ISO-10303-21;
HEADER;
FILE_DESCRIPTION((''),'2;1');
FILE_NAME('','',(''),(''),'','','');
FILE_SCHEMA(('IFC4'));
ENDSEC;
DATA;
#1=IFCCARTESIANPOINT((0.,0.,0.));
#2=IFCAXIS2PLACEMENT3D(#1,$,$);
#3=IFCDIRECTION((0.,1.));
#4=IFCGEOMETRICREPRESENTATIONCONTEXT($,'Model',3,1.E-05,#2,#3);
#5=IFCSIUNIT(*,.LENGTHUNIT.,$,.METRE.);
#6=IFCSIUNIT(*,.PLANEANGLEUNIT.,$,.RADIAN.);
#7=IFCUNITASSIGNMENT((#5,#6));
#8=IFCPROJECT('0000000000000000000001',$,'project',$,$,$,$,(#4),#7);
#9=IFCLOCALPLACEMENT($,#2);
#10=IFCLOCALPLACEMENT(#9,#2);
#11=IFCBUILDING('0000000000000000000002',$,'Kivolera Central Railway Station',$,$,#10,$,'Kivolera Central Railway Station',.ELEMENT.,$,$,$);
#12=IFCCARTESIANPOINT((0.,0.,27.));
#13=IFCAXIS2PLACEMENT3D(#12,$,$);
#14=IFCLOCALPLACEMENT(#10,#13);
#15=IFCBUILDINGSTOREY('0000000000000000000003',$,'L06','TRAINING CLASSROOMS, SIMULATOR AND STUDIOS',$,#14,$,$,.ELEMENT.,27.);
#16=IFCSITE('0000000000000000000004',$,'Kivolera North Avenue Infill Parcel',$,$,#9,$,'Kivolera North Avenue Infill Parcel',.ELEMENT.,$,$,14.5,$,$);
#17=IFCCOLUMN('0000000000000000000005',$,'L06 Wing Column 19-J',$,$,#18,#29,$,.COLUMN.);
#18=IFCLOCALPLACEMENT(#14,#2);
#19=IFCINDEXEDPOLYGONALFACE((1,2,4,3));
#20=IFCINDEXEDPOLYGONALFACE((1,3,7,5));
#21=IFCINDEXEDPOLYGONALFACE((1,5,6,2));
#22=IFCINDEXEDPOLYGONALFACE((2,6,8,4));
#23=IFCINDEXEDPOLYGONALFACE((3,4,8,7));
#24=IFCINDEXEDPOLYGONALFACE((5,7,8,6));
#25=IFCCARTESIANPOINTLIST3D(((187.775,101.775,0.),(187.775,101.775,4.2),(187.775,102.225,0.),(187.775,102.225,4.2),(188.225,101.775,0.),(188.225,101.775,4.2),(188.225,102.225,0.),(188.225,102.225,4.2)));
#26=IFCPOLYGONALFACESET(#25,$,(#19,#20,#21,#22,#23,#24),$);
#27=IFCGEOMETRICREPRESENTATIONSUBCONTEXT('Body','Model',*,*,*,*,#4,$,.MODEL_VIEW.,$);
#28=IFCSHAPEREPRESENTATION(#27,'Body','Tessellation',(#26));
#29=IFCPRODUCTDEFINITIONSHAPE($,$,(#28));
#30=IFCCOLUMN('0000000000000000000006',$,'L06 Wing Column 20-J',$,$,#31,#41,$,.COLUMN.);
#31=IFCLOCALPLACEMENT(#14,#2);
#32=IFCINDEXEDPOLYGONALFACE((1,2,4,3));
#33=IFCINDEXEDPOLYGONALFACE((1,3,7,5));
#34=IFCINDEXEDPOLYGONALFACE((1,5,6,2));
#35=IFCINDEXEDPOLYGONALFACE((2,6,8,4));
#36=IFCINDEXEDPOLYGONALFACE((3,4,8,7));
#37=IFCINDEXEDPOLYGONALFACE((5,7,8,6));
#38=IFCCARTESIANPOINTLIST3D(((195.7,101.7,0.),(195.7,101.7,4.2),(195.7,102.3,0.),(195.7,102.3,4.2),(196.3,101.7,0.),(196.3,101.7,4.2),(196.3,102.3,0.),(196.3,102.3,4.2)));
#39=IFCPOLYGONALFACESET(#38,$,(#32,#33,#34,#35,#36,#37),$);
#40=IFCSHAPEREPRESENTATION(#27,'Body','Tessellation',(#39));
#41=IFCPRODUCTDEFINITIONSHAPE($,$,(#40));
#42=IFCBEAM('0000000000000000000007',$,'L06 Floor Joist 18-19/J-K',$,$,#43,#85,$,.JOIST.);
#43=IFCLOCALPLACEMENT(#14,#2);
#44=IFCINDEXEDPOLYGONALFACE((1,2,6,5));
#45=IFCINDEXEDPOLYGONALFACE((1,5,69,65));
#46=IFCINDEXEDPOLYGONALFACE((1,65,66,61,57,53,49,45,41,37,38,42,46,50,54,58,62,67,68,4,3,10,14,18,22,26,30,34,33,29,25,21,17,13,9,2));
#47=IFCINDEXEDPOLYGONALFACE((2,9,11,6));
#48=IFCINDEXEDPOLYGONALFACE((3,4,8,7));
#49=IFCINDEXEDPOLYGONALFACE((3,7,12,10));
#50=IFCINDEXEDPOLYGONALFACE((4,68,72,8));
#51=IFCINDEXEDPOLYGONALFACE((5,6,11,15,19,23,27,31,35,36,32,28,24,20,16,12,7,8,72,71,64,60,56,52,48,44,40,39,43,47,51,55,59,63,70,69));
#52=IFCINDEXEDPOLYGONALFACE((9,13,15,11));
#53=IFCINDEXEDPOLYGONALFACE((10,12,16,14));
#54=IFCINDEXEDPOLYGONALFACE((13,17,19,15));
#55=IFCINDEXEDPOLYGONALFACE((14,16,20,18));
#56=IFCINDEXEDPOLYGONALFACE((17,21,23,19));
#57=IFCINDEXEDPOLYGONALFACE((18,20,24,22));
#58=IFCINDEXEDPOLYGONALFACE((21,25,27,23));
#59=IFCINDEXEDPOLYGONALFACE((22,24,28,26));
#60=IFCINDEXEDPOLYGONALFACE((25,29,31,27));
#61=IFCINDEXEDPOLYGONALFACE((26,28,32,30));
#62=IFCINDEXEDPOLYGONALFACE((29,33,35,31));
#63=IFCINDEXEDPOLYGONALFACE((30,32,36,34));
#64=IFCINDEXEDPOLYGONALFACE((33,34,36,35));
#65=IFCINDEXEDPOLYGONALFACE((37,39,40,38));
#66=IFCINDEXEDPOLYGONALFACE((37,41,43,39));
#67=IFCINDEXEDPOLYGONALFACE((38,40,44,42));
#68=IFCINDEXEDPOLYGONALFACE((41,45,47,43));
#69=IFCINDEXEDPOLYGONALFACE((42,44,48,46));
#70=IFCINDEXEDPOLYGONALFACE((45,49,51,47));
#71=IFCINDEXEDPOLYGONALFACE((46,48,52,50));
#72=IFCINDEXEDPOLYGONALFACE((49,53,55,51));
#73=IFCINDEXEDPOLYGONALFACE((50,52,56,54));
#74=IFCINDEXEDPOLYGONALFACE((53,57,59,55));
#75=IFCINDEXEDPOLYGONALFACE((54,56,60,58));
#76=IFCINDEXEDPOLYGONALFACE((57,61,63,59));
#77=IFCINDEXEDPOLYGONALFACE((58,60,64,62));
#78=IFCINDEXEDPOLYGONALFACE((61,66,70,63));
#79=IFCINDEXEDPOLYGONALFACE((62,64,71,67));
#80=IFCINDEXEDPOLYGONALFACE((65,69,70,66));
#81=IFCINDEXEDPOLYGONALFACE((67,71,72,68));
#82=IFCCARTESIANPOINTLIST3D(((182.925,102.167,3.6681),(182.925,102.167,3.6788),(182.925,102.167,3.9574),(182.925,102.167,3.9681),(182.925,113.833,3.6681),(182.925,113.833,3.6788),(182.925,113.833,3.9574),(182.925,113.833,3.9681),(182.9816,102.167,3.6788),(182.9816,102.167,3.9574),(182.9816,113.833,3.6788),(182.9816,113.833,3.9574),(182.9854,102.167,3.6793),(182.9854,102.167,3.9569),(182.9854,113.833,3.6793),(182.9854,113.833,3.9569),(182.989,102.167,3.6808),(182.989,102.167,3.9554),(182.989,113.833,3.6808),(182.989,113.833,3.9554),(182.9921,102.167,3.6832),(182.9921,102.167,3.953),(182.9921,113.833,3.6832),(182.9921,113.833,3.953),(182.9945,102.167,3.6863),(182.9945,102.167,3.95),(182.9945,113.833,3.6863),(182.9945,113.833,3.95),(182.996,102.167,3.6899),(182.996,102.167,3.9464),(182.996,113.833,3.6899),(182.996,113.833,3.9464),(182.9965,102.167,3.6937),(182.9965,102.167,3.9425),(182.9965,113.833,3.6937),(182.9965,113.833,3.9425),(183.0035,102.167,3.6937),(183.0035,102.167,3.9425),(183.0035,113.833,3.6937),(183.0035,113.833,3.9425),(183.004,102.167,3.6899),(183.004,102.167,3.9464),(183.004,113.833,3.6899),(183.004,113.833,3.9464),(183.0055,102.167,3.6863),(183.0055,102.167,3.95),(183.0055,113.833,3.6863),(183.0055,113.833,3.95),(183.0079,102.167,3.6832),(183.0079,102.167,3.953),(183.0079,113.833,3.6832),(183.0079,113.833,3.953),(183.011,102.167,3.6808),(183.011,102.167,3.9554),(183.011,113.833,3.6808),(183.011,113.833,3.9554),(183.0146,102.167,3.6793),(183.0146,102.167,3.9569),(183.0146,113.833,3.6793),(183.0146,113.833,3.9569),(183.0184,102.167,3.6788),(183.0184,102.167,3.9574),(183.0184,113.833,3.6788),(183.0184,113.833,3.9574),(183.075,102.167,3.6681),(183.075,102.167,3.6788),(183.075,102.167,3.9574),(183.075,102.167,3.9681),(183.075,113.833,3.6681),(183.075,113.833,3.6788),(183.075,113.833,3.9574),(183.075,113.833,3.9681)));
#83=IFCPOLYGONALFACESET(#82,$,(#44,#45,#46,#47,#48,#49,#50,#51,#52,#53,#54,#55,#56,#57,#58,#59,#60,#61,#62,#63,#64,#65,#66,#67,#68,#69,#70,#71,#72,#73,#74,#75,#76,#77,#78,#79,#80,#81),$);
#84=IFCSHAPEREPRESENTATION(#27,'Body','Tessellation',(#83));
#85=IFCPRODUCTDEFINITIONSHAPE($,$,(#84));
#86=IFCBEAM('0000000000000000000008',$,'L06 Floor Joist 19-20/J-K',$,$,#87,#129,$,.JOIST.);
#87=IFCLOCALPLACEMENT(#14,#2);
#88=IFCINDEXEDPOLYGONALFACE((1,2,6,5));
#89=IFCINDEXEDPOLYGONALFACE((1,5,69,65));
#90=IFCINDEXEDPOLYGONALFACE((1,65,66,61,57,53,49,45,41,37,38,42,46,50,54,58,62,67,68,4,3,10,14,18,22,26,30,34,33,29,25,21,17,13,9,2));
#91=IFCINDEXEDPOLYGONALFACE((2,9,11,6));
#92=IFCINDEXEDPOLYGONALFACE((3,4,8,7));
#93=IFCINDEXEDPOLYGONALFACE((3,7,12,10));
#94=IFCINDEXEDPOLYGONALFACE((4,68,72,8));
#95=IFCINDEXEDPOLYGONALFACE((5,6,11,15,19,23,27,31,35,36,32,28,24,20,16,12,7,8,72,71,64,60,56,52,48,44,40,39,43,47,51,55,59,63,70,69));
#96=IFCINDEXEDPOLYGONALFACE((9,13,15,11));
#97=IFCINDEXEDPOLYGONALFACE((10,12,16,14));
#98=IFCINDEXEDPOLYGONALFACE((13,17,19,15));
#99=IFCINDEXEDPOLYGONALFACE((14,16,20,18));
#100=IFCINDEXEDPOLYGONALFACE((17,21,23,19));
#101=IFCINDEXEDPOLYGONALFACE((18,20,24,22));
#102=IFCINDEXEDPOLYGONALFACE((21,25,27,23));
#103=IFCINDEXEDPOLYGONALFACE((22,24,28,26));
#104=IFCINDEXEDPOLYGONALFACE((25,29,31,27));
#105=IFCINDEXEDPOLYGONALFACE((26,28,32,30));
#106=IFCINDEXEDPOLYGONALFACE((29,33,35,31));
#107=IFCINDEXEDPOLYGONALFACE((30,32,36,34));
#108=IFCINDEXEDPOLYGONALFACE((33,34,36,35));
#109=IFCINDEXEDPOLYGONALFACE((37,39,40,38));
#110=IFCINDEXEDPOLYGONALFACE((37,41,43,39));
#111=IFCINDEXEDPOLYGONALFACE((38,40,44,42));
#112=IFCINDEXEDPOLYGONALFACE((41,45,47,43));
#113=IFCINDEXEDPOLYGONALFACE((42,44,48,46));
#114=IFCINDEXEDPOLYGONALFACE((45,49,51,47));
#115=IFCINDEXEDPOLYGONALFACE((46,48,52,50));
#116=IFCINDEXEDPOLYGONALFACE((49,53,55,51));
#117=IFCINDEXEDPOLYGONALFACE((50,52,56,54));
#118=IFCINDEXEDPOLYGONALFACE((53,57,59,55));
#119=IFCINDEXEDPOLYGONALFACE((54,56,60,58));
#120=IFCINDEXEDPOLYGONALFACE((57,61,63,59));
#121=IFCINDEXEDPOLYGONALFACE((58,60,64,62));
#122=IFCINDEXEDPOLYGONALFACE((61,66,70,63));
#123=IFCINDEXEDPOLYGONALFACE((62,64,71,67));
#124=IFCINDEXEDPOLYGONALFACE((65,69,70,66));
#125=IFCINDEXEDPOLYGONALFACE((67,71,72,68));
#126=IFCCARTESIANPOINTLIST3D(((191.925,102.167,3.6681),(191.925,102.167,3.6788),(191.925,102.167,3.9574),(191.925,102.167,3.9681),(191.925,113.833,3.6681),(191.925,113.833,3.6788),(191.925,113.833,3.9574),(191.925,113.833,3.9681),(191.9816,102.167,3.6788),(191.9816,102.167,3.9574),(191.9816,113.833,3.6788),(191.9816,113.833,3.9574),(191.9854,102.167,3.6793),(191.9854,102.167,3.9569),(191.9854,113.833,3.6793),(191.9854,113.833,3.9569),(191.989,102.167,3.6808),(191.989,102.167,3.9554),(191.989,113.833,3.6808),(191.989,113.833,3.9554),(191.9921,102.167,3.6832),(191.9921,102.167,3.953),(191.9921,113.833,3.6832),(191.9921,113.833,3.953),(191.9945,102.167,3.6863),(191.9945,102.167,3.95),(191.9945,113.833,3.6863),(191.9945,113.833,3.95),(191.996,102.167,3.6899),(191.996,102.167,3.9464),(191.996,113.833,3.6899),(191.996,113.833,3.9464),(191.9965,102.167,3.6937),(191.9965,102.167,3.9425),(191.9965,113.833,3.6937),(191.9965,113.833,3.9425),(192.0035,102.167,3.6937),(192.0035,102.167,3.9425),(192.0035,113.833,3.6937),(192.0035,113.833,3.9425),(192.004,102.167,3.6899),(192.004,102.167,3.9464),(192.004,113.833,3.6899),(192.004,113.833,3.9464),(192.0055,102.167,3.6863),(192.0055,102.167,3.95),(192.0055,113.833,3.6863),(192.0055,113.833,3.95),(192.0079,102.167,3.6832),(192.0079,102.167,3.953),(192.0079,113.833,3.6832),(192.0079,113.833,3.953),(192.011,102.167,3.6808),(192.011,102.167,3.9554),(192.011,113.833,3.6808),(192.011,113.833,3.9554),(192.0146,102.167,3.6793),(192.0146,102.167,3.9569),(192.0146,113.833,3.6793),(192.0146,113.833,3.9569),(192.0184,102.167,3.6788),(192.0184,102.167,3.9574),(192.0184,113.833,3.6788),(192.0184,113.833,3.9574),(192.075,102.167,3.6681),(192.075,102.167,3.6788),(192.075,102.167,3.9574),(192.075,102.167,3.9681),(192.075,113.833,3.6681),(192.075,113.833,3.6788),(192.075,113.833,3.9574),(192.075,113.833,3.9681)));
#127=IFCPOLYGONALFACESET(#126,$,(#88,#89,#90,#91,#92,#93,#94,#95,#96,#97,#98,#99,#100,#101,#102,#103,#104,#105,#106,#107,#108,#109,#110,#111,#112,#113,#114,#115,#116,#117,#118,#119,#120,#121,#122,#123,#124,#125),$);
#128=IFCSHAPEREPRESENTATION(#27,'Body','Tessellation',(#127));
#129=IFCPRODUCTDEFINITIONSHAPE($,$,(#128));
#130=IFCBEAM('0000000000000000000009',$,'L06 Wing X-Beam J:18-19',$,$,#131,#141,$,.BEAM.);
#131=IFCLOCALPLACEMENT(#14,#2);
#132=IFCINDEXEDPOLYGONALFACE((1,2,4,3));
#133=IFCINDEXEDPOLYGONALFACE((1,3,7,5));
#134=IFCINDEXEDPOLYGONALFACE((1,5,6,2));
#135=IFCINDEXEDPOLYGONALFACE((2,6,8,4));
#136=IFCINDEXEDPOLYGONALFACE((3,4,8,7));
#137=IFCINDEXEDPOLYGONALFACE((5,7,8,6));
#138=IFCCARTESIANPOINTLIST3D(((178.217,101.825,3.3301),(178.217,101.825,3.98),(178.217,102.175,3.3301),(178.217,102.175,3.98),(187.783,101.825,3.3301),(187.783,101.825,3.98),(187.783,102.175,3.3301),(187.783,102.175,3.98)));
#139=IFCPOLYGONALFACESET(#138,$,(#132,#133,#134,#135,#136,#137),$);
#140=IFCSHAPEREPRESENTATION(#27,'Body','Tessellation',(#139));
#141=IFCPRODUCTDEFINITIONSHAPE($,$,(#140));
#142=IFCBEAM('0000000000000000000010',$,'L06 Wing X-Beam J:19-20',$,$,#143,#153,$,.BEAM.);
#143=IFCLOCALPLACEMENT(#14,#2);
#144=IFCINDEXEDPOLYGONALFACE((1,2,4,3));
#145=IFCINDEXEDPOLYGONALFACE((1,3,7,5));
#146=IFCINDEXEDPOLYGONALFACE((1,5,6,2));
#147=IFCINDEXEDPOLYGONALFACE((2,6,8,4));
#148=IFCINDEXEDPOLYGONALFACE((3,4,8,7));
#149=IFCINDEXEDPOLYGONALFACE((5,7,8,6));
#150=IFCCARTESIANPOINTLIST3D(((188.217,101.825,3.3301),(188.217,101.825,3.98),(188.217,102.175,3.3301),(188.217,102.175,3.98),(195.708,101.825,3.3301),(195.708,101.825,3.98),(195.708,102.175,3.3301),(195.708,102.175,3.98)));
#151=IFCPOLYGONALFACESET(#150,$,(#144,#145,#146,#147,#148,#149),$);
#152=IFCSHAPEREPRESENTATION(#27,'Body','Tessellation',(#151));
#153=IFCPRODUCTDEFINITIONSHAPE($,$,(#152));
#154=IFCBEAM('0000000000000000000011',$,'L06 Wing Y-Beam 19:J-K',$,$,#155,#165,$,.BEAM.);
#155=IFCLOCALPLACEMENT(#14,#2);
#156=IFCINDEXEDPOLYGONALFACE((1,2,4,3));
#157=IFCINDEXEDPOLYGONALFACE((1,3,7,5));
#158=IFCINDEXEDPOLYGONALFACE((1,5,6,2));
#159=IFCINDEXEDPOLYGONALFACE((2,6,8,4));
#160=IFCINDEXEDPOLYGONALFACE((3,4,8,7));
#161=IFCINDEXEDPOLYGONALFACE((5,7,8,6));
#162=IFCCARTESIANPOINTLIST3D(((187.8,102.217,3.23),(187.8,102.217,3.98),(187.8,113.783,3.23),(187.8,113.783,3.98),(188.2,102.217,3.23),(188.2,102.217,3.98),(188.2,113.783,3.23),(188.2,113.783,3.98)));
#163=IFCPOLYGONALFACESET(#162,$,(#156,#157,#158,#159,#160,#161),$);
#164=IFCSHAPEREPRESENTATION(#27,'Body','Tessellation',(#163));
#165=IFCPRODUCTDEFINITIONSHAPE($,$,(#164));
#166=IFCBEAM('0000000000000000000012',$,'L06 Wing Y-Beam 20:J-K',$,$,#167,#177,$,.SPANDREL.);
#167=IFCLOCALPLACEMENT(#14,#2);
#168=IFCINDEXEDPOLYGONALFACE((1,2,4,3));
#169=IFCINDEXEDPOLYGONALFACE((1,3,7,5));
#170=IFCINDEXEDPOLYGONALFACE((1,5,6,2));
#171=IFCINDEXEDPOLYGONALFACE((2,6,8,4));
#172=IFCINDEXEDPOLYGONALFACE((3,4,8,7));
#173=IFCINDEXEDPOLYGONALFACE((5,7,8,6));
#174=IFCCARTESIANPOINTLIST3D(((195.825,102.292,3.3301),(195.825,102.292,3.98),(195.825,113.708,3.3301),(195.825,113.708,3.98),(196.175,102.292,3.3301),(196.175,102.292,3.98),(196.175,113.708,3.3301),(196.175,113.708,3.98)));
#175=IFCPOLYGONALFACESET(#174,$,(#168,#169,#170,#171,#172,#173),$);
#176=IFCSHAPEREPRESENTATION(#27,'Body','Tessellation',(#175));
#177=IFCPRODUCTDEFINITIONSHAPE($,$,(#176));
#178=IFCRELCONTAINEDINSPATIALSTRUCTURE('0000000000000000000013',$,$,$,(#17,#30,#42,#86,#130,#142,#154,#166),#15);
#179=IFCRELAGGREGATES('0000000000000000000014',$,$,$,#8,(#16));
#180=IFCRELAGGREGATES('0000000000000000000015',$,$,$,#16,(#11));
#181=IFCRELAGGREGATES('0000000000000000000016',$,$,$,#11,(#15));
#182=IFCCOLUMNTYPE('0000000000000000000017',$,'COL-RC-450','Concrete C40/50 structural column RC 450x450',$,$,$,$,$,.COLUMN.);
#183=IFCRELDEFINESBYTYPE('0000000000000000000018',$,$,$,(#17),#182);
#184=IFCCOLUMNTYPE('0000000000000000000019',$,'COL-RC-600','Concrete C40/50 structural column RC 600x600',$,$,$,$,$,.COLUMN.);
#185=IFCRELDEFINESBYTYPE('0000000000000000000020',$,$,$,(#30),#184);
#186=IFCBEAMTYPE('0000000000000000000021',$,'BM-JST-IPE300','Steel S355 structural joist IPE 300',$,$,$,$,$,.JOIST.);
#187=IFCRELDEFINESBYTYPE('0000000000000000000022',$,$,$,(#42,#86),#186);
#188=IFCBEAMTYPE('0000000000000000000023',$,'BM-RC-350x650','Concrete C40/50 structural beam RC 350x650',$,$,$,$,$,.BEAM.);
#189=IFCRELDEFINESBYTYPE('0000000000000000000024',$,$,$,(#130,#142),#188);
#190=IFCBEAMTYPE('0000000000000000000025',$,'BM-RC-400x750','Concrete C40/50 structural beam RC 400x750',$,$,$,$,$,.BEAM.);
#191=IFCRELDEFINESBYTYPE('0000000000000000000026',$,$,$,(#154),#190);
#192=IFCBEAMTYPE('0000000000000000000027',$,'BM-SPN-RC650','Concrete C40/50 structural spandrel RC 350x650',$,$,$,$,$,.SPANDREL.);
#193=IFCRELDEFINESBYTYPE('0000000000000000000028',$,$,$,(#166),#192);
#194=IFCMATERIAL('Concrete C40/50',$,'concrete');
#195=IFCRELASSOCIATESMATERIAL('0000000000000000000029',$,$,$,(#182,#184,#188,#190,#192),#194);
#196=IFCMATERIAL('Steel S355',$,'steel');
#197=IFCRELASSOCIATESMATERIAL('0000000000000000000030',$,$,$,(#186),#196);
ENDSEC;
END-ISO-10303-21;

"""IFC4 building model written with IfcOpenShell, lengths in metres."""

from ifc_helpers import new_model, si_unit, direction, frame, origin, origin_2d, place, context, subcontext, project, spatial, rectangle, i_section, extrude, material, material_profile, profile_set, type_object, element, save


model = new_model("IFC4")

# Units and contexts
model_context = context("Model", 3, precision=1e-05, world=origin(), true_north=direction((0.0, 1.0)))
body_context = subcontext(model_context, "Body", "Model", "MODEL_VIEW")
ifc_project = project(units=[si_unit("LENGTHUNIT", "METRE"), si_unit("PLANEANGLEUNIT", "RADIAN")], contexts=[model_context])

# Site, building, storey
site_placement = place(None, origin())
site = spatial("IfcSite", under=ifc_project, at=site_placement, Name="Kivolera North Avenue Infill Parcel", LongName="Kivolera North Avenue Infill Parcel", CompositionType="ELEMENT", RefElevation=14.5)
building_placement = place(site_placement, origin())
building = spatial("IfcBuilding", under=site, at=building_placement, Name="Kivolera Central Railway Station", LongName="Kivolera Central Railway Station", CompositionType="ELEMENT")
storey_placement = place(building_placement, frame((0.0, 0.0, 27.0)))
storey = spatial("IfcBuildingStorey", under=building, at=storey_placement, Name="L06", Description="TRAINING CLASSROOMS, SIMULATOR AND STUDIOS", CompositionType="ELEMENT", Elevation=27.0)

# Columns
ifc_material_1 = material(Name="Concrete C40/50", Category="concrete")
ifc_material_profile_1 = material_profile(ifc_material_1, rectangle(XDim=0.45, YDim=0.45, at=origin_2d()), Name="RC 450x450")
ifc_profile_set_1 = profile_set([ifc_material_profile_1], Name="Concrete C40/50")
column_type_1 = type_object("IfcColumnType", Name="COL-RC-450", Description="Concrete C40/50 structural column RC 450x450", PredefinedType="COLUMN", material=ifc_profile_set_1)
column_1_placement = place(storey_placement, frame((188.0, 102.0, 0.0), z_axis=(0.0, 0.0, 1.0), x_axis=(1.0, 0.0, 0.0)))
element("IfcColumn", 1, at=column_1_placement, inside=storey, type_object=column_type_1, Name="L06 Wing Column 19-J", PredefinedType="COLUMN", context=body_context, shape_type="SweptSolid", body=[
    extrude(rectangle(XDim=0.45, YDim=0.45, at=origin_2d()), origin(), (0.0, 0.0, 1.0), 4.2),
])
ifc_material_profile_2 = material_profile(ifc_material_1, rectangle(XDim=0.6001, YDim=0.6001, at=origin_2d()), Name="RC 600x600")
ifc_profile_set_2 = profile_set([ifc_material_profile_2], Name="Concrete C40/50")
column_type_2 = type_object("IfcColumnType", Name="COL-RC-600", Description="Concrete C40/50 structural column RC 600x600", PredefinedType="COLUMN", material=ifc_profile_set_2)
column_2_placement = place(storey_placement, frame((196.0, 102.0, 0.0), z_axis=(0.0, 0.0, 1.0), x_axis=(1.0, 0.0, 0.0)))
element("IfcColumn", 2, at=column_2_placement, inside=storey, type_object=column_type_2, Name="L06 Wing Column 20-J", PredefinedType="COLUMN", context=body_context, shape_type="SweptSolid", body=[
    extrude(rectangle(XDim=0.6001, YDim=0.6001, at=origin_2d()), origin(), (0.0, 0.0, 1.0), 4.2),
])

# Beams
ifc_material_2 = material(Name="Steel S355", Category="steel")
ifc_material_profile_3 = material_profile(ifc_material_2, i_section(OverallWidth=0.1499, OverallDepth=0.3, WebThickness=0.0071, FlangeThickness=0.0107, FilletRadius=0.0149, at=origin_2d()), Name="IPE 300")
ifc_profile_set_3 = profile_set([ifc_material_profile_3], Name="Steel S355")
beam_type_1 = type_object("IfcBeamType", Name="BM-JST-IPE300", Description="Steel S355 structural joist IPE 300", PredefinedType="JOIST", material=ifc_profile_set_3)
for number, where, z_axis, x_axis, name in (
    (3, (183.0, 102.167, 3.8181), (0.0, 1.0, 0.0), (-1.0, 0.0, 0.0), "L06 Floor Joist 18-19/J-K"),
    (4, (192.0, 102.167, 3.8181), (0.0, 1.0, 0.0), (-1.0, 0.0, 0.0), "L06 Floor Joist 19-20/J-K"),
):
    element("IfcBeam", number, at=place(storey_placement, frame(where, z_axis=z_axis, x_axis=x_axis)), inside=storey, type_object=beam_type_1, Name=name, PredefinedType="JOIST", context=body_context, shape_type="SweptSolid", body=[
        extrude(i_section(OverallWidth=0.1499, OverallDepth=0.3, WebThickness=0.0071, FlangeThickness=0.0107, FilletRadius=0.0149, at=origin_2d()), origin(), (0.0, 0.0, 1.0), 11.666),
    ])
ifc_material_profile_4 = material_profile(ifc_material_1, rectangle(XDim=0.3501, YDim=0.6499, at=origin_2d()), Name="RC 350x650")
ifc_profile_set_4 = profile_set([ifc_material_profile_4], Name="Concrete C40/50")
beam_type_2 = type_object("IfcBeamType", Name="BM-RC-350x650", Description="Concrete C40/50 structural beam RC 350x650", PredefinedType="BEAM", material=ifc_profile_set_4)
beam_1_placement = place(storey_placement, frame((178.217, 102.0, 3.655), z_axis=(1.0, 0.0, 0.0), x_axis=(0.0, 1.0, 0.0)))
element("IfcBeam", 5, at=beam_1_placement, inside=storey, type_object=beam_type_2, Name="L06 Wing X-Beam J:18-19", PredefinedType="BEAM", context=body_context, shape_type="SweptSolid", body=[
    extrude(rectangle(XDim=0.3501, YDim=0.6499, at=origin_2d()), origin(), (0.0, 0.0, 1.0), 9.5659),
])
beam_2_placement = place(storey_placement, frame((188.217, 102.0, 3.655), z_axis=(1.0, 0.0, 0.0), x_axis=(0.0, 1.0, 0.0)))
element("IfcBeam", 6, at=beam_2_placement, inside=storey, type_object=beam_type_2, Name="L06 Wing X-Beam J:19-20", PredefinedType="BEAM", context=body_context, shape_type="SweptSolid", body=[
    extrude(rectangle(XDim=0.3501, YDim=0.6499, at=origin_2d()), origin(), (0.0, 0.0, 1.0), 7.491),
])
ifc_material_profile_5 = material_profile(ifc_material_1, rectangle(XDim=0.3999, YDim=0.75, at=origin_2d()), Name="RC 400x750")
ifc_profile_set_5 = profile_set([ifc_material_profile_5], Name="Concrete C40/50")
beam_type_3 = type_object("IfcBeamType", Name="BM-RC-400x750", Description="Concrete C40/50 structural beam RC 400x750", PredefinedType="BEAM", material=ifc_profile_set_5)
beam_3_placement = place(storey_placement, frame((188.0, 102.217, 3.605), z_axis=(0.0, 1.0, 0.0), x_axis=(-1.0, 0.0, 0.0)))
element("IfcBeam", 7, at=beam_3_placement, inside=storey, type_object=beam_type_3, Name="L06 Wing Y-Beam 19:J-K", PredefinedType="BEAM", context=body_context, shape_type="SweptSolid", body=[
    extrude(rectangle(XDim=0.3999, YDim=0.75, at=origin_2d()), origin(), (0.0, 0.0, 1.0), 11.5659),
])
ifc_material_profile_6 = material_profile(ifc_material_1, rectangle(XDim=0.3501, YDim=0.6499, at=origin_2d()), Name="RC 350x650")
ifc_profile_set_6 = profile_set([ifc_material_profile_6], Name="Concrete C40/50")
beam_type_4 = type_object("IfcBeamType", Name="BM-SPN-RC650", Description="Concrete C40/50 structural spandrel RC 350x650", PredefinedType="SPANDREL", material=ifc_profile_set_6)
beam_4_placement = place(storey_placement, frame((196.0, 102.292, 3.655), z_axis=(0.0, 1.0, 0.0), x_axis=(-1.0, 0.0, 0.0)))
element("IfcBeam", 8, at=beam_4_placement, inside=storey, type_object=beam_type_4, Name="L06 Wing Y-Beam 20:J-K", PredefinedType="SPANDREL", context=body_context, shape_type="SweptSolid", body=[
    extrude(rectangle(XDim=0.3501, YDim=0.6499, at=origin_2d()), origin(), (0.0, 0.0, 1.0), 11.416),
])

save(model, "model.ifc")
